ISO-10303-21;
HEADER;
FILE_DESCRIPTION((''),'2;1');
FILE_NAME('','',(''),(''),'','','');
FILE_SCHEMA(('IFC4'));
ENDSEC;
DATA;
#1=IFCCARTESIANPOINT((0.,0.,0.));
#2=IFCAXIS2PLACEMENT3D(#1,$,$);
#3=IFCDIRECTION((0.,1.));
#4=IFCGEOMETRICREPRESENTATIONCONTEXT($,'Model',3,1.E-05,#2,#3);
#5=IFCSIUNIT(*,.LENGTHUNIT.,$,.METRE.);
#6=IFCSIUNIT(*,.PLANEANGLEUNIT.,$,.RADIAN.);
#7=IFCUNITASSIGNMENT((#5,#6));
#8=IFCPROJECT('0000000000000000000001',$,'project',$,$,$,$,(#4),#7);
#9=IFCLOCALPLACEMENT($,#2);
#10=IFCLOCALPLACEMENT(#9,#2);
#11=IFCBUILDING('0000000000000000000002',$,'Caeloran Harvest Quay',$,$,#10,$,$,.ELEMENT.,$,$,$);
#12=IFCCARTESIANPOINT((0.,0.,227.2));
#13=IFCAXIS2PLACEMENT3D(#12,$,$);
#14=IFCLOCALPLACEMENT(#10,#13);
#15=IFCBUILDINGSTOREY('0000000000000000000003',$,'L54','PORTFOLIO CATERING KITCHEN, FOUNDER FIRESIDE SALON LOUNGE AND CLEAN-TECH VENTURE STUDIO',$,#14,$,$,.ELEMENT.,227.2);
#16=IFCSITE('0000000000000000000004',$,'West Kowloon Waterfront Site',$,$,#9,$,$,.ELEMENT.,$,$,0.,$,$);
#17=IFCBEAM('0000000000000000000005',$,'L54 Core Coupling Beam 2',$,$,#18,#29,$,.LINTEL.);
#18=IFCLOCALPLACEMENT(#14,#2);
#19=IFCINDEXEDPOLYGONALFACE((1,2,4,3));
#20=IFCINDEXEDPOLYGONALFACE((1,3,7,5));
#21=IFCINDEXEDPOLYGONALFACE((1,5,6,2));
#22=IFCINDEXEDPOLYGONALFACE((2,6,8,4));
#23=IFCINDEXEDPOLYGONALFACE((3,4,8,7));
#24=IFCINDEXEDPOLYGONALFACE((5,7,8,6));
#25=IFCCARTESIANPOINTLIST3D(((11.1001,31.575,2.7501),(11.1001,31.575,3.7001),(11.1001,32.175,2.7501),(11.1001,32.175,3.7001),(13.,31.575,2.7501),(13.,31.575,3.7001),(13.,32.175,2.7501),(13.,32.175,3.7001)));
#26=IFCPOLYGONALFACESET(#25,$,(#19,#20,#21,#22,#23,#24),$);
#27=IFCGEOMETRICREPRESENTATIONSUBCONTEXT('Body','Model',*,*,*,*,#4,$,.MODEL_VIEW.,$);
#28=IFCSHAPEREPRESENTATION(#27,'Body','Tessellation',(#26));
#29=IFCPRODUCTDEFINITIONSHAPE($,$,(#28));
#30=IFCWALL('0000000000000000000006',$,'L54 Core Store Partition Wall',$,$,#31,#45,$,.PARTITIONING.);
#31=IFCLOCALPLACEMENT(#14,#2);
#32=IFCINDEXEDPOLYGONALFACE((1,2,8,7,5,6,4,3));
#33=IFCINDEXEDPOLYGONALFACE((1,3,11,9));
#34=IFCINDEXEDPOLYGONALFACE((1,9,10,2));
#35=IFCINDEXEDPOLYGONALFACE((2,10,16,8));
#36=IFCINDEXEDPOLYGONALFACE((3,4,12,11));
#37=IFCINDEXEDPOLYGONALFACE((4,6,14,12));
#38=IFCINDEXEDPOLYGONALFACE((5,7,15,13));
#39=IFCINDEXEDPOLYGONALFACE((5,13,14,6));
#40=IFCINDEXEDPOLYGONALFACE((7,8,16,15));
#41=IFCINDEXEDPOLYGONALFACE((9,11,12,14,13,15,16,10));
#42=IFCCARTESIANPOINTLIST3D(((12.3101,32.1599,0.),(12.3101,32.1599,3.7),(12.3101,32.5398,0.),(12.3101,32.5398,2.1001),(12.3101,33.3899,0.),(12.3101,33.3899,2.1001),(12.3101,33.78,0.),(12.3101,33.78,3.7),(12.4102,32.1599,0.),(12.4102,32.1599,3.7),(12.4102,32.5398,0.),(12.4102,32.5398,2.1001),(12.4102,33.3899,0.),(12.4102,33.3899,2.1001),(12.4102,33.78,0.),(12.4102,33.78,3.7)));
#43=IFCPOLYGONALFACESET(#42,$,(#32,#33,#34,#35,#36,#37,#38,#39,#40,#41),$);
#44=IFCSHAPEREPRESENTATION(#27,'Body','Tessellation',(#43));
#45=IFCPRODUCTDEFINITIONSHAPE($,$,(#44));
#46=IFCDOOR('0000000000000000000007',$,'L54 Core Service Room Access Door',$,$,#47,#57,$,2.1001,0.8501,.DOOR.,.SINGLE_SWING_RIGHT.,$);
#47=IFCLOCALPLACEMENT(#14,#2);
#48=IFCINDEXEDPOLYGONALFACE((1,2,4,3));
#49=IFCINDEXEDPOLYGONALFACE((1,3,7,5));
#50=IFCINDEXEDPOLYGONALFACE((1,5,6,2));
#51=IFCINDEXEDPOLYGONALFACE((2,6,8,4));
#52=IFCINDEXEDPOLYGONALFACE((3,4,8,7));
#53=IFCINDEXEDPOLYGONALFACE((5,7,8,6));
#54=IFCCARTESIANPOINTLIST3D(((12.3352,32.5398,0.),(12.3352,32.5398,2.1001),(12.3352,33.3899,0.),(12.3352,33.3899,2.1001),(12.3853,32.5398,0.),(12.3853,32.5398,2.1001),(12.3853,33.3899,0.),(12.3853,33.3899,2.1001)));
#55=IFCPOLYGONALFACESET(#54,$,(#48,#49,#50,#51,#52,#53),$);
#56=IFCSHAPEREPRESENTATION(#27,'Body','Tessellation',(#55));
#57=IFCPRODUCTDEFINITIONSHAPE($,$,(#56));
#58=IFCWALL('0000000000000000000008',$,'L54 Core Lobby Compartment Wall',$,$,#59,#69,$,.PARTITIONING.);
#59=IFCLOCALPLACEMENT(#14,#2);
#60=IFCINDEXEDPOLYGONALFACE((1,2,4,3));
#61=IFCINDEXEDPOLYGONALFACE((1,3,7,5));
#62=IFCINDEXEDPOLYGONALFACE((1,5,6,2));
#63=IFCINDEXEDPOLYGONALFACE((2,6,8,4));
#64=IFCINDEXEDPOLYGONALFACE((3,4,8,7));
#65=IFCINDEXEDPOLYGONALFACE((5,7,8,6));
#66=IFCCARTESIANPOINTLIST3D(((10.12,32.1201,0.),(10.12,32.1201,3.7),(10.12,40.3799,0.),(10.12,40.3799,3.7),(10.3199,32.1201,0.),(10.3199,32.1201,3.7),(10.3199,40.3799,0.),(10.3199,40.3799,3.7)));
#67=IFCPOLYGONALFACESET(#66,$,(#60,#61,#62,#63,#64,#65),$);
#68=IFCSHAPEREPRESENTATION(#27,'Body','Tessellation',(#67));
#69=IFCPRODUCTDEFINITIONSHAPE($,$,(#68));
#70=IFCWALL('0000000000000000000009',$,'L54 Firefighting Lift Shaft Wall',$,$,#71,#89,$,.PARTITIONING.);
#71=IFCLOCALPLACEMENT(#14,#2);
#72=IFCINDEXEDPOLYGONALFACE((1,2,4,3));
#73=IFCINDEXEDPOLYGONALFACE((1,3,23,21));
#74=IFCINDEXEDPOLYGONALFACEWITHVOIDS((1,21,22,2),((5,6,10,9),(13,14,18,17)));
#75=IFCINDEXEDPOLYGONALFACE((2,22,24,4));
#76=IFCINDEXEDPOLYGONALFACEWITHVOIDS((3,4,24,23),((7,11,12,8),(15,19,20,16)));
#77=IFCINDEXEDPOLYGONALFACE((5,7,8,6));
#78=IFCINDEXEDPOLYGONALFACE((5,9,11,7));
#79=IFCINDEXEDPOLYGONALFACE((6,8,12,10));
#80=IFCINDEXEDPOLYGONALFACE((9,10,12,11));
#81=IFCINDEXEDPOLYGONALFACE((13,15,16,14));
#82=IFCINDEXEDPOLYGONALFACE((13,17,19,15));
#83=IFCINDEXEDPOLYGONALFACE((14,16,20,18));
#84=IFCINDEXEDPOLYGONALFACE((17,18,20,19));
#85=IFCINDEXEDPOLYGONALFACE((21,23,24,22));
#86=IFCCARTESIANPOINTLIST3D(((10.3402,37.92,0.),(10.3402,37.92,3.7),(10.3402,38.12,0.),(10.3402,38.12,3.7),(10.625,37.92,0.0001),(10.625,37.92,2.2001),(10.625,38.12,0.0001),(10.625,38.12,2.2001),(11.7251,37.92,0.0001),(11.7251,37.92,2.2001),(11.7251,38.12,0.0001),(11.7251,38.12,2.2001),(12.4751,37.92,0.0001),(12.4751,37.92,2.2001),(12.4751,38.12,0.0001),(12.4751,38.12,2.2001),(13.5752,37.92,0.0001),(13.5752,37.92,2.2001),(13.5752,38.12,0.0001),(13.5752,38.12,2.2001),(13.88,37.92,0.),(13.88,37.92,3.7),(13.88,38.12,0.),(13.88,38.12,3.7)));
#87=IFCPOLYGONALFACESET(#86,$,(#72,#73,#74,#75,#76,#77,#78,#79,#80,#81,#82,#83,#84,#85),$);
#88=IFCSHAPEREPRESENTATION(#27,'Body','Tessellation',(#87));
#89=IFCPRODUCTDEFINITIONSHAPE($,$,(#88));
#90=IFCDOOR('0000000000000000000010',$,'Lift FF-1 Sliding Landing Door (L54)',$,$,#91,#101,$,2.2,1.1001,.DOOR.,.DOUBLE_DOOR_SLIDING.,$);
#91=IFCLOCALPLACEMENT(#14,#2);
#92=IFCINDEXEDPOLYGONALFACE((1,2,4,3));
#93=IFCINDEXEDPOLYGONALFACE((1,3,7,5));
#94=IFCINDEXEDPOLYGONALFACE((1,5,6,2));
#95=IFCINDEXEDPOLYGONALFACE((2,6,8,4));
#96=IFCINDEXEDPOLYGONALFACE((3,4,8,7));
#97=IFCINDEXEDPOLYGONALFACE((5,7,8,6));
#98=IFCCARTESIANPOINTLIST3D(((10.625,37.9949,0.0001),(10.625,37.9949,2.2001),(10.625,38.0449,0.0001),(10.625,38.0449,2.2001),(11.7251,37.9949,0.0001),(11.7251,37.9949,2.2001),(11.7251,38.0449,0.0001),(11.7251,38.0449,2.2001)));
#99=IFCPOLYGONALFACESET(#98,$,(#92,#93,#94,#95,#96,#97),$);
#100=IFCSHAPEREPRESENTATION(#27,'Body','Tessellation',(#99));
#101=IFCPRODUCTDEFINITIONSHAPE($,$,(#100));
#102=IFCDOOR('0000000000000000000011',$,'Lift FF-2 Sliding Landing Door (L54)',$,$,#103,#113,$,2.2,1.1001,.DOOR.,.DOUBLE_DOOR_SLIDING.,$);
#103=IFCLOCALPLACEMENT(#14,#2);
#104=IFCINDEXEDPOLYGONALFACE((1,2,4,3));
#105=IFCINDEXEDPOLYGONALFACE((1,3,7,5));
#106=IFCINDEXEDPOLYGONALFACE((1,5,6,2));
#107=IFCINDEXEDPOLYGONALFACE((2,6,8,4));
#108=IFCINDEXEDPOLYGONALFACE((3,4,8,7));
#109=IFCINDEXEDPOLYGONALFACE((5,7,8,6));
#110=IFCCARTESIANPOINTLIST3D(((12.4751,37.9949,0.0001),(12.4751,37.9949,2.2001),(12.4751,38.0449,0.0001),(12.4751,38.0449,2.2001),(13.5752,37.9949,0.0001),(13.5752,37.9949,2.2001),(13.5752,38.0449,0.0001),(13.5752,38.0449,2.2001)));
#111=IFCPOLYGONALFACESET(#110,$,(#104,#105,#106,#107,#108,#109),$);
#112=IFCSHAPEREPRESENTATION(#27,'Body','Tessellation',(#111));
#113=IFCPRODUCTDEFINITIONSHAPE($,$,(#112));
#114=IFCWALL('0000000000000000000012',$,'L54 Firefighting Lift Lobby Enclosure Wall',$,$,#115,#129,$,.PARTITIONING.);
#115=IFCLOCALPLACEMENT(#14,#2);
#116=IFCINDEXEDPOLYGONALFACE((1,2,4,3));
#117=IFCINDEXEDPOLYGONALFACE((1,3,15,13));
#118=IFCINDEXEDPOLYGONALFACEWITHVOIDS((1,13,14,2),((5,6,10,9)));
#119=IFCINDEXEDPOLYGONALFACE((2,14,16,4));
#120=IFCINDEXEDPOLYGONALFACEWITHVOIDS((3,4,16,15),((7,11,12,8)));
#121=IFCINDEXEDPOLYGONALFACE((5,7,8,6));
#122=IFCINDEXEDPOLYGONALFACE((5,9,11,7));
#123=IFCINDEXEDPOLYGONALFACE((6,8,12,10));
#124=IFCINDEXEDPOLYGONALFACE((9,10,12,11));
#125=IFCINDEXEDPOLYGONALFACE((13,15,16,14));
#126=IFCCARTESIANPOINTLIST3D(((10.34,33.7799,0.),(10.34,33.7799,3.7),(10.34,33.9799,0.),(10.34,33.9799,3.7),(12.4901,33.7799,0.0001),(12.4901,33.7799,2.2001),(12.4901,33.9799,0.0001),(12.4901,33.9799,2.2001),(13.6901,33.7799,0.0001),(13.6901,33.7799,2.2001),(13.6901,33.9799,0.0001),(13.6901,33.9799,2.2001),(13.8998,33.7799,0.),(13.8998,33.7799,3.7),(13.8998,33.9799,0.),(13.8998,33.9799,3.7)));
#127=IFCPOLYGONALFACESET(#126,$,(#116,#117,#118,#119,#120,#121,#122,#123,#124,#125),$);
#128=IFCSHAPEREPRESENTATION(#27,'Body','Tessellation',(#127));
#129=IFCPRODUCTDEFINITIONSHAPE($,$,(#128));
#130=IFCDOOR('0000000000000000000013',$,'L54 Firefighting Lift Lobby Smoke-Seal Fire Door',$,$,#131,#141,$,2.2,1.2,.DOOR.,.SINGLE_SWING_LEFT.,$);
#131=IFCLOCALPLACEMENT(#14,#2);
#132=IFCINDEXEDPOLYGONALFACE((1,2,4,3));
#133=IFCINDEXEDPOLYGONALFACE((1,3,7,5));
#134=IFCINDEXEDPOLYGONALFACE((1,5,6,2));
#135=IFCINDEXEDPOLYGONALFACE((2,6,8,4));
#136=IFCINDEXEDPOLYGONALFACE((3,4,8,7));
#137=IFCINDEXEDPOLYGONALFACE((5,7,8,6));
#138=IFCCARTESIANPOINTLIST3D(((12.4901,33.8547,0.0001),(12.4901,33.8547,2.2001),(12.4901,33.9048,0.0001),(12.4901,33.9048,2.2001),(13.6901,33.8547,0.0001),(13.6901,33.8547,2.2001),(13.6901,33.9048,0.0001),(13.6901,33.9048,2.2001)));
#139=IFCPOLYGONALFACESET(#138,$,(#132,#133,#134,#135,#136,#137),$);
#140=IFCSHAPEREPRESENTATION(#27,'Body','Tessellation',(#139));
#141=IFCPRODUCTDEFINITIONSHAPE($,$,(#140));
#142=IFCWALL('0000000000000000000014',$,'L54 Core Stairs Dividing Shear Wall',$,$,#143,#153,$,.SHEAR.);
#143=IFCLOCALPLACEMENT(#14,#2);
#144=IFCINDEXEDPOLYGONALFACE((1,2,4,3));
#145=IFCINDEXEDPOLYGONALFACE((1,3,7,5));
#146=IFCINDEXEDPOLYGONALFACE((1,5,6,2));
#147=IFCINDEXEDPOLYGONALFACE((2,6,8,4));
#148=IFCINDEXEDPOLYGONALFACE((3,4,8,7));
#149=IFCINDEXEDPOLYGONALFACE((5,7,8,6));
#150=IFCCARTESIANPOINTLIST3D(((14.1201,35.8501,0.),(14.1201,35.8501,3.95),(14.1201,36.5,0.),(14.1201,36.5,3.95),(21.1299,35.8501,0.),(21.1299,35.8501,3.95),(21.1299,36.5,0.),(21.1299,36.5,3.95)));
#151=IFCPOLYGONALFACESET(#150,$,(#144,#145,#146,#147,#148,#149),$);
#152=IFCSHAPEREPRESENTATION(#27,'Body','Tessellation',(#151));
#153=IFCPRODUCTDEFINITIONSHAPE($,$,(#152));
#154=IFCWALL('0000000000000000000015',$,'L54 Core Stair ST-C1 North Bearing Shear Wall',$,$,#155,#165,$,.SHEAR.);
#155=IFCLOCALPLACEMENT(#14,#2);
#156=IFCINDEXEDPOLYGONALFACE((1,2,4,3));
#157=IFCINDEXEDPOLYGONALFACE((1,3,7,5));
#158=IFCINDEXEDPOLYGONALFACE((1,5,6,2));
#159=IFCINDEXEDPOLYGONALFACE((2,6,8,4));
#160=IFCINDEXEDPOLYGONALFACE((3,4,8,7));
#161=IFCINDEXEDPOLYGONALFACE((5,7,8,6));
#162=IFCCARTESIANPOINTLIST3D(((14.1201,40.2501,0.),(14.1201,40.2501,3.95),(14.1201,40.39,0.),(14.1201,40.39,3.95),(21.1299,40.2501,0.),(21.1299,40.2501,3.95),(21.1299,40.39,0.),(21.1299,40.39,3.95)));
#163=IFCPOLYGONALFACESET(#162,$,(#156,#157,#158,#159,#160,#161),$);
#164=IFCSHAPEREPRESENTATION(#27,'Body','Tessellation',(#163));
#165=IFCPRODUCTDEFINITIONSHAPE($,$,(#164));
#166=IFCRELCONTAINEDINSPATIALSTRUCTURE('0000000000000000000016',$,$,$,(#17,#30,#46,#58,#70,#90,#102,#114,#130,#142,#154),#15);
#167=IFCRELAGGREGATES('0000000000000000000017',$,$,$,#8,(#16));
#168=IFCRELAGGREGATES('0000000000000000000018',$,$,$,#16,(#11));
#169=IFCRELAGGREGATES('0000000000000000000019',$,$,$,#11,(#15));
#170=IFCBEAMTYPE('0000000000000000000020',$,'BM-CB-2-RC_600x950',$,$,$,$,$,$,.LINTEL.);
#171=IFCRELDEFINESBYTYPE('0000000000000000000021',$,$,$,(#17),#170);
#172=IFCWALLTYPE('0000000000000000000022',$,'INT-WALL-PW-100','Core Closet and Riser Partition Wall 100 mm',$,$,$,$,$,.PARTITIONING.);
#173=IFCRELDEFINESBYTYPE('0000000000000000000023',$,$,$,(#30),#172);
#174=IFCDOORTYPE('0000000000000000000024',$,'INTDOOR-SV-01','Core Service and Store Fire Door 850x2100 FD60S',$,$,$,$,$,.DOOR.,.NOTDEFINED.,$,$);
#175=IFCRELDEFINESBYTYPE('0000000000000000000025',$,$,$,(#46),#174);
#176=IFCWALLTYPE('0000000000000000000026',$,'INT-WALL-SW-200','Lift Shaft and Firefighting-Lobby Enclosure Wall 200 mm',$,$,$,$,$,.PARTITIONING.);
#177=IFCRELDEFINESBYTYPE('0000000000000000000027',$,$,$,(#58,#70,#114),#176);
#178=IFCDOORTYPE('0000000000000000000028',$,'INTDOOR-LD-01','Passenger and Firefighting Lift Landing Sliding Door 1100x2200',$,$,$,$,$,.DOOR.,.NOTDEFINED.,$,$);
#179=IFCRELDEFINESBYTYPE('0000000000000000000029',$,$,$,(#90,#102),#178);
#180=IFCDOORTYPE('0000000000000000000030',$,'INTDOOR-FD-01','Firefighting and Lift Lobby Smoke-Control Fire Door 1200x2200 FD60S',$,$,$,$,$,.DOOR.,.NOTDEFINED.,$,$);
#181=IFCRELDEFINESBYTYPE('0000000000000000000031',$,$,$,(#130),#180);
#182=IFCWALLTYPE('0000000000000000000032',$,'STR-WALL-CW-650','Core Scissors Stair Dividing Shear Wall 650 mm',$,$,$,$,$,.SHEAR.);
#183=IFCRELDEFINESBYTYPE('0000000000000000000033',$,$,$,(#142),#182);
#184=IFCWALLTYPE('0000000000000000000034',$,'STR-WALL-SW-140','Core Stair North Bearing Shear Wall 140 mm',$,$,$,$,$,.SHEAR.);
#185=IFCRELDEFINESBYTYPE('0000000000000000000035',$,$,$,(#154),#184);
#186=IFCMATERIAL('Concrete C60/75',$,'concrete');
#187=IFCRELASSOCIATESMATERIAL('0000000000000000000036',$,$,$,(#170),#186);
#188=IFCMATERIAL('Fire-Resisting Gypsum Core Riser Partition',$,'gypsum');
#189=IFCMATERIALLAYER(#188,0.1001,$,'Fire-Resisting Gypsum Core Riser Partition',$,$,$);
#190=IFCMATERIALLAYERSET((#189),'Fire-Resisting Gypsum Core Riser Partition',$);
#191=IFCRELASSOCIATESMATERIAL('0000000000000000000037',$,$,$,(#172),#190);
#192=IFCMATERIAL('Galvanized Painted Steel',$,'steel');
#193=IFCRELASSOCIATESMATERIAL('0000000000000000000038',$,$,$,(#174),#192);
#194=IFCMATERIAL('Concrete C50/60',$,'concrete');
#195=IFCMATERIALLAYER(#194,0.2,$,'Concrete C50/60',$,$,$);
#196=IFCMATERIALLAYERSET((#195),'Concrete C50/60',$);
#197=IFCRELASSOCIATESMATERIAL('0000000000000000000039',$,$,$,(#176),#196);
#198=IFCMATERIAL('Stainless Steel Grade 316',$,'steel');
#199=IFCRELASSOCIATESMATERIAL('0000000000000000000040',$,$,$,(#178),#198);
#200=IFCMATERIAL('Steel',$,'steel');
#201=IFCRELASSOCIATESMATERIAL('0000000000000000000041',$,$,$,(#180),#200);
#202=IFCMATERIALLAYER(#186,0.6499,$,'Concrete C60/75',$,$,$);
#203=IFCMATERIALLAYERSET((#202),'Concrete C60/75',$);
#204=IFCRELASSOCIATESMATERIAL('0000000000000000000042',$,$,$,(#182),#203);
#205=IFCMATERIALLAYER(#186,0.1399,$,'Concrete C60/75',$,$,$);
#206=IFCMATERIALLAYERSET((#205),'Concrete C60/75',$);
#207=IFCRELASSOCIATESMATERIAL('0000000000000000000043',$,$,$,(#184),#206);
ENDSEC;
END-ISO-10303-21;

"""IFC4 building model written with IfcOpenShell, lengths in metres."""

from ifc_helpers import new_model, si_unit, direction, frame, frame_2d, origin, origin_2d, place, context, subcontext, project, spatial, rectangle, extrude, material, layer, layer_set, material_profile, profile_set, type_object, element, fill, save


model = new_model("IFC4")

# Units and contexts
model_context = context("Model", 3, precision=1e-05, world=origin(), true_north=direction((0.0, 1.0)))
body_context = subcontext(model_context, "Body", "Model", "MODEL_VIEW")
ifc_project = project(units=[si_unit("LENGTHUNIT", "METRE"), si_unit("PLANEANGLEUNIT", "RADIAN")], contexts=[model_context])

# Site, building, storey
site_placement = place(None, origin())
site = spatial("IfcSite", under=ifc_project, at=site_placement, Name="West Kowloon Waterfront Site", CompositionType="ELEMENT", RefElevation=0.0)
building_placement = place(site_placement, origin())
building = spatial("IfcBuilding", under=site, at=building_placement, Name="Caeloran Harvest Quay", CompositionType="ELEMENT")
storey_placement = place(building_placement, frame((0.0, 0.0, 227.2)))
storey = spatial("IfcBuildingStorey", under=building, at=storey_placement, Name="L54", Description="PORTFOLIO CATERING KITCHEN, FOUNDER FIRESIDE SALON LOUNGE AND CLEAN-TECH VENTURE STUDIO", CompositionType="ELEMENT", Elevation=227.2)

# Beam
ifc_material_1 = material(Name="Concrete C60/75", Category="concrete")
ifc_material_profile = material_profile(ifc_material_1, rectangle(XDim=0.6001, YDim=0.95, at=origin_2d()), Name="RC 600x950")
ifc_profile_set = profile_set([ifc_material_profile], Name="Concrete C60/75")
beam_type = type_object("IfcBeamType", Name="BM-CB-2-RC_600x950", PredefinedType="LINTEL", material=ifc_profile_set)
beam_placement = place(storey_placement, frame((11.1001, 31.875, 3.2251), z_axis=(1.0, 0.0, 0.0), x_axis=(0.0, 1.0, 0.0)))
element("IfcBeam", 1, at=beam_placement, inside=storey, type_object=beam_type, Name="L54 Core Coupling Beam 2", PredefinedType="LINTEL", context=body_context, shape_type="SweptSolid", body=[
    extrude(rectangle(XDim=0.6001, YDim=0.95, at=origin_2d()), origin(), (0.0, 0.0, 1.0), 1.8999),
])

# Wall, opening, door
ifc_material_2 = material(Name="Fire-Resisting Gypsum Core Riser Partition", Category="gypsum")
ifc_layer_1 = layer(ifc_material_2, 0.1001, Name="Fire-Resisting Gypsum Core Riser Partition")
ifc_layer_set_1 = layer_set([ifc_layer_1], Name="Fire-Resisting Gypsum Core Riser Partition")
wall_type_1 = type_object("IfcWallType", Name="INT-WALL-PW-100", Description="Core Closet and Riser Partition Wall 100 mm", PredefinedType="PARTITIONING", material=ifc_layer_set_1)
wall_1_placement = place(storey_placement, frame((12.3601, 32.1599, 0.0), z_axis=(0.0, 0.0, 1.0), x_axis=(0.0, 1.0, 0.0)))
wall_1 = element("IfcWall", 2, at=wall_1_placement, inside=storey, type_object=wall_type_1, Name="L54 Core Store Partition Wall", PredefinedType="PARTITIONING", context=body_context, shape_type="SweptSolid", body=[
    extrude(rectangle(XDim=1.6201, YDim=0.1001, at=frame_2d((0.8101, 0.0))), origin(), (0.0, 0.0, 1.0), 3.7),
])
opening_1_placement = place(wall_1_placement, frame((0.3799, 0.0, 0.0)))
opening_1 = element("IfcOpeningElement", 3, at=opening_1_placement, cuts=wall_1, PredefinedType="OPENING", context=body_context, shape_type="SweptSolid", body=[
    extrude(rectangle(XDim=0.8501, YDim=2.1001, at=frame_2d((0.425, 1.05))), frame((0.0, 0.0601, 0.0), z_axis=(0.0, -1.0, 0.0), x_axis=(1.0, 0.0, 0.0)), (0.0, 0.0, 1.0), 0.1201),
])
ifc_material_3 = material(Name="Galvanized Painted Steel", Category="steel")
door_type_1 = type_object("IfcDoorType", Name="INTDOOR-SV-01", Description="Core Service and Store Fire Door 850x2100 FD60S", OperationType="NOTDEFINED", PredefinedType="DOOR", material=ifc_material_3)
door_1_placement = place(opening_1_placement, origin())
door_1 = element("IfcDoor", 4, at=door_1_placement, inside=storey, type_object=door_type_1, Name="L54 Core Service Room Access Door", OperationType="SINGLE_SWING_RIGHT", OverallHeight=2.1001, OverallWidth=0.8501, PredefinedType="DOOR", context=body_context, shape_type="SweptSolid", body=[
    extrude(rectangle(XDim=0.8501, YDim=2.1001, at=frame_2d((0.425, 1.05))), frame((0.0, 0.0249, 0.0), z_axis=(0.0, -1.0, 0.0), x_axis=(1.0, 0.0, 0.0)), (0.0, 0.0, 1.0), 0.05),
])
fill(opening_1, door_1)

# Wall
ifc_material_4 = material(Name="Concrete C50/60", Category="concrete")
ifc_layer_2 = layer(ifc_material_4, 0.2, Name="Concrete C50/60")
ifc_layer_set_2 = layer_set([ifc_layer_2], Name="Concrete C50/60")
wall_type_2 = type_object("IfcWallType", Name="INT-WALL-SW-200", Description="Lift Shaft and Firefighting-Lobby Enclosure Wall 200 mm", PredefinedType="PARTITIONING", material=ifc_layer_set_2)
wall_2_placement = place(storey_placement, frame((10.22, 32.1201, 0.0), z_axis=(0.0, 0.0, 1.0), x_axis=(0.0, 1.0, 0.0)))
element("IfcWall", 5, at=wall_2_placement, inside=storey, type_object=wall_type_2, Name="L54 Core Lobby Compartment Wall", PredefinedType="PARTITIONING", context=body_context, shape_type="SweptSolid", body=[
    extrude(rectangle(XDim=8.2598, YDim=0.2, at=frame_2d((4.1299, 0.0))), origin(), (0.0, 0.0, 1.0), 3.7),
])

# Wall, openings, doors
wall_3_placement = place(storey_placement, frame((10.3401, 38.02, 0.0), z_axis=(0.0, 0.0, 1.0), x_axis=(1.0, 0.0, 0.0)))
wall_3 = element("IfcWall", 6, at=wall_3_placement, inside=storey, type_object=wall_type_2, Name="L54 Firefighting Lift Shaft Wall", PredefinedType="PARTITIONING", context=body_context, shape_type="SweptSolid", body=[
    extrude(rectangle(XDim=3.5398, YDim=0.2, at=frame_2d((1.77, 0.0))), origin(), (0.0, 0.0, 1.0), 3.7),
])
opening_2_placement = place(wall_3_placement, frame((0.2849, 0.0, 0.0)))
opening_2 = element("IfcOpeningElement", 7, at=opening_2_placement, cuts=wall_3, PredefinedType="OPENING", context=body_context, shape_type="SweptSolid", body=[
    extrude(rectangle(XDim=1.1001, YDim=2.2, at=frame_2d((0.55, 1.1001))), frame((0.0, 0.1099, 0.0), z_axis=(0.0, -1.0, 0.0), x_axis=(1.0, 0.0, 0.0)), (0.0, 0.0, 1.0), 0.22),
])
opening_3_placement = place(wall_3_placement, frame((2.135, 0.0, 0.0)))
opening_3 = element("IfcOpeningElement", 8, at=opening_3_placement, cuts=wall_3, PredefinedType="OPENING", context=body_context, shape_type="SweptSolid", body=[
    extrude(rectangle(XDim=1.1001, YDim=2.2, at=frame_2d((0.55, 1.1001))), frame((0.0, 0.1099, 0.0), z_axis=(0.0, -1.0, 0.0), x_axis=(1.0, 0.0, 0.0)), (0.0, 0.0, 1.0), 0.22),
])
ifc_material_5 = material(Name="Stainless Steel Grade 316", Category="steel")
door_type_2 = type_object("IfcDoorType", Name="INTDOOR-LD-01", Description="Passenger and Firefighting Lift Landing Sliding Door 1100x2200", OperationType="NOTDEFINED", PredefinedType="DOOR", material=ifc_material_5)
door_2_placement = place(opening_2_placement, origin())
door_2 = element("IfcDoor", 9, at=door_2_placement, inside=storey, type_object=door_type_2, Name="Lift FF-1 Sliding Landing Door (L54)", OperationType="DOUBLE_DOOR_SLIDING", OverallHeight=2.2, OverallWidth=1.1001, PredefinedType="DOOR", context=body_context, shape_type="SweptSolid", body=[
    extrude(rectangle(XDim=1.1001, YDim=2.2, at=frame_2d((0.55, 1.1001))), frame((0.0, 0.0249, 0.0), z_axis=(0.0, -1.0, 0.0), x_axis=(1.0, 0.0, 0.0)), (0.0, 0.0, 1.0), 0.05),
])
fill(opening_2, door_2)
door_3_placement = place(opening_3_placement, origin())
door_3 = element("IfcDoor", 10, at=door_3_placement, inside=storey, type_object=door_type_2, Name="Lift FF-2 Sliding Landing Door (L54)", OperationType="DOUBLE_DOOR_SLIDING", OverallHeight=2.2, OverallWidth=1.1001, PredefinedType="DOOR", context=body_context, shape_type="SweptSolid", body=[
    extrude(rectangle(XDim=1.1001, YDim=2.2, at=frame_2d((0.55, 1.1001))), frame((0.0, 0.0249, 0.0), z_axis=(0.0, -1.0, 0.0), x_axis=(1.0, 0.0, 0.0)), (0.0, 0.0, 1.0), 0.05),
])
fill(opening_3, door_3)

# Wall, opening, door
wall_4_placement = place(storey_placement, frame((10.3401, 33.8799, 0.0), z_axis=(0.0, 0.0, 1.0), x_axis=(1.0, 0.0, 0.0)))
wall_4 = element("IfcWall", 11, at=wall_4_placement, inside=storey, type_object=wall_type_2, Name="L54 Firefighting Lift Lobby Enclosure Wall", PredefinedType="PARTITIONING", context=body_context, shape_type="SweptSolid", body=[
    extrude(rectangle(XDim=3.5598, YDim=0.2, at=frame_2d((1.7798, 0.0))), origin(), (0.0, 0.0, 1.0), 3.7),
])
opening_4_placement = place(wall_4_placement, frame((2.1499, 0.0, 0.0)))
opening_4 = element("IfcOpeningElement", 12, at=opening_4_placement, cuts=wall_4, PredefinedType="OPENING", context=body_context, shape_type="SweptSolid", body=[
    extrude(rectangle(XDim=1.2, YDim=2.2, at=frame_2d((0.6001, 1.1001))), frame((0.0, 0.1099, 0.0), z_axis=(0.0, -1.0, 0.0), x_axis=(1.0, 0.0, 0.0)), (0.0, 0.0, 1.0), 0.22),
])
ifc_material_6 = material(Name="Steel", Category="steel")
door_type_3 = type_object("IfcDoorType", Name="INTDOOR-FD-01", Description="Firefighting and Lift Lobby Smoke-Control Fire Door 1200x2200 FD60S", OperationType="NOTDEFINED", PredefinedType="DOOR", material=ifc_material_6)
door_4_placement = place(opening_4_placement, origin())
door_4 = element("IfcDoor", 13, at=door_4_placement, inside=storey, type_object=door_type_3, Name="L54 Firefighting Lift Lobby Smoke-Seal Fire Door", OperationType="SINGLE_SWING_LEFT", OverallHeight=2.2, OverallWidth=1.2, PredefinedType="DOOR", context=body_context, shape_type="SweptSolid", body=[
    extrude(rectangle(XDim=1.2, YDim=2.2, at=frame_2d((0.6001, 1.1001))), frame((0.0, 0.0249, 0.0), z_axis=(0.0, -1.0, 0.0), x_axis=(1.0, 0.0, 0.0)), (0.0, 0.0, 1.0), 0.05),
])
fill(opening_4, door_4)

# Walls
ifc_layer_3 = layer(ifc_material_1, 0.6499, Name="Concrete C60/75")
ifc_layer_set_3 = layer_set([ifc_layer_3], Name="Concrete C60/75")
wall_type_3 = type_object("IfcWallType", Name="STR-WALL-CW-650", Description="Core Scissors Stair Dividing Shear Wall 650 mm", PredefinedType="SHEAR", material=ifc_layer_set_3)
wall_5_placement = place(storey_placement, frame((14.1201, 36.175, 0.0), z_axis=(0.0, 0.0, 1.0), x_axis=(1.0, 0.0, 0.0)))
element("IfcWall", 14, at=wall_5_placement, inside=storey, type_object=wall_type_3, Name="L54 Core Stairs Dividing Shear Wall", PredefinedType="SHEAR", context=body_context, shape_type="SweptSolid", body=[
    extrude(rectangle(XDim=7.0098, YDim=0.6499, at=frame_2d((3.5049, 0.0))), origin(), (0.0, 0.0, 1.0), 3.95),
])
ifc_layer_4 = layer(ifc_material_1, 0.1399, Name="Concrete C60/75")
ifc_layer_set_4 = layer_set([ifc_layer_4], Name="Concrete C60/75")
wall_type_4 = type_object("IfcWallType", Name="STR-WALL-SW-140", Description="Core Stair North Bearing Shear Wall 140 mm", PredefinedType="SHEAR", material=ifc_layer_set_4)
wall_6_placement = place(storey_placement, frame((14.1201, 40.3201, 0.0), z_axis=(0.0, 0.0, 1.0), x_axis=(1.0, 0.0, 0.0)))
element("IfcWall", 15, at=wall_6_placement, inside=storey, type_object=wall_type_4, Name="L54 Core Stair ST-C1 North Bearing Shear Wall", PredefinedType="SHEAR", context=body_context, shape_type="SweptSolid", body=[
    extrude(rectangle(XDim=7.0098, YDim=0.1399, at=frame_2d((3.5049, 0.0))), origin(), (0.0, 0.0, 1.0), 3.95),
])

save(model, "model.ifc")
